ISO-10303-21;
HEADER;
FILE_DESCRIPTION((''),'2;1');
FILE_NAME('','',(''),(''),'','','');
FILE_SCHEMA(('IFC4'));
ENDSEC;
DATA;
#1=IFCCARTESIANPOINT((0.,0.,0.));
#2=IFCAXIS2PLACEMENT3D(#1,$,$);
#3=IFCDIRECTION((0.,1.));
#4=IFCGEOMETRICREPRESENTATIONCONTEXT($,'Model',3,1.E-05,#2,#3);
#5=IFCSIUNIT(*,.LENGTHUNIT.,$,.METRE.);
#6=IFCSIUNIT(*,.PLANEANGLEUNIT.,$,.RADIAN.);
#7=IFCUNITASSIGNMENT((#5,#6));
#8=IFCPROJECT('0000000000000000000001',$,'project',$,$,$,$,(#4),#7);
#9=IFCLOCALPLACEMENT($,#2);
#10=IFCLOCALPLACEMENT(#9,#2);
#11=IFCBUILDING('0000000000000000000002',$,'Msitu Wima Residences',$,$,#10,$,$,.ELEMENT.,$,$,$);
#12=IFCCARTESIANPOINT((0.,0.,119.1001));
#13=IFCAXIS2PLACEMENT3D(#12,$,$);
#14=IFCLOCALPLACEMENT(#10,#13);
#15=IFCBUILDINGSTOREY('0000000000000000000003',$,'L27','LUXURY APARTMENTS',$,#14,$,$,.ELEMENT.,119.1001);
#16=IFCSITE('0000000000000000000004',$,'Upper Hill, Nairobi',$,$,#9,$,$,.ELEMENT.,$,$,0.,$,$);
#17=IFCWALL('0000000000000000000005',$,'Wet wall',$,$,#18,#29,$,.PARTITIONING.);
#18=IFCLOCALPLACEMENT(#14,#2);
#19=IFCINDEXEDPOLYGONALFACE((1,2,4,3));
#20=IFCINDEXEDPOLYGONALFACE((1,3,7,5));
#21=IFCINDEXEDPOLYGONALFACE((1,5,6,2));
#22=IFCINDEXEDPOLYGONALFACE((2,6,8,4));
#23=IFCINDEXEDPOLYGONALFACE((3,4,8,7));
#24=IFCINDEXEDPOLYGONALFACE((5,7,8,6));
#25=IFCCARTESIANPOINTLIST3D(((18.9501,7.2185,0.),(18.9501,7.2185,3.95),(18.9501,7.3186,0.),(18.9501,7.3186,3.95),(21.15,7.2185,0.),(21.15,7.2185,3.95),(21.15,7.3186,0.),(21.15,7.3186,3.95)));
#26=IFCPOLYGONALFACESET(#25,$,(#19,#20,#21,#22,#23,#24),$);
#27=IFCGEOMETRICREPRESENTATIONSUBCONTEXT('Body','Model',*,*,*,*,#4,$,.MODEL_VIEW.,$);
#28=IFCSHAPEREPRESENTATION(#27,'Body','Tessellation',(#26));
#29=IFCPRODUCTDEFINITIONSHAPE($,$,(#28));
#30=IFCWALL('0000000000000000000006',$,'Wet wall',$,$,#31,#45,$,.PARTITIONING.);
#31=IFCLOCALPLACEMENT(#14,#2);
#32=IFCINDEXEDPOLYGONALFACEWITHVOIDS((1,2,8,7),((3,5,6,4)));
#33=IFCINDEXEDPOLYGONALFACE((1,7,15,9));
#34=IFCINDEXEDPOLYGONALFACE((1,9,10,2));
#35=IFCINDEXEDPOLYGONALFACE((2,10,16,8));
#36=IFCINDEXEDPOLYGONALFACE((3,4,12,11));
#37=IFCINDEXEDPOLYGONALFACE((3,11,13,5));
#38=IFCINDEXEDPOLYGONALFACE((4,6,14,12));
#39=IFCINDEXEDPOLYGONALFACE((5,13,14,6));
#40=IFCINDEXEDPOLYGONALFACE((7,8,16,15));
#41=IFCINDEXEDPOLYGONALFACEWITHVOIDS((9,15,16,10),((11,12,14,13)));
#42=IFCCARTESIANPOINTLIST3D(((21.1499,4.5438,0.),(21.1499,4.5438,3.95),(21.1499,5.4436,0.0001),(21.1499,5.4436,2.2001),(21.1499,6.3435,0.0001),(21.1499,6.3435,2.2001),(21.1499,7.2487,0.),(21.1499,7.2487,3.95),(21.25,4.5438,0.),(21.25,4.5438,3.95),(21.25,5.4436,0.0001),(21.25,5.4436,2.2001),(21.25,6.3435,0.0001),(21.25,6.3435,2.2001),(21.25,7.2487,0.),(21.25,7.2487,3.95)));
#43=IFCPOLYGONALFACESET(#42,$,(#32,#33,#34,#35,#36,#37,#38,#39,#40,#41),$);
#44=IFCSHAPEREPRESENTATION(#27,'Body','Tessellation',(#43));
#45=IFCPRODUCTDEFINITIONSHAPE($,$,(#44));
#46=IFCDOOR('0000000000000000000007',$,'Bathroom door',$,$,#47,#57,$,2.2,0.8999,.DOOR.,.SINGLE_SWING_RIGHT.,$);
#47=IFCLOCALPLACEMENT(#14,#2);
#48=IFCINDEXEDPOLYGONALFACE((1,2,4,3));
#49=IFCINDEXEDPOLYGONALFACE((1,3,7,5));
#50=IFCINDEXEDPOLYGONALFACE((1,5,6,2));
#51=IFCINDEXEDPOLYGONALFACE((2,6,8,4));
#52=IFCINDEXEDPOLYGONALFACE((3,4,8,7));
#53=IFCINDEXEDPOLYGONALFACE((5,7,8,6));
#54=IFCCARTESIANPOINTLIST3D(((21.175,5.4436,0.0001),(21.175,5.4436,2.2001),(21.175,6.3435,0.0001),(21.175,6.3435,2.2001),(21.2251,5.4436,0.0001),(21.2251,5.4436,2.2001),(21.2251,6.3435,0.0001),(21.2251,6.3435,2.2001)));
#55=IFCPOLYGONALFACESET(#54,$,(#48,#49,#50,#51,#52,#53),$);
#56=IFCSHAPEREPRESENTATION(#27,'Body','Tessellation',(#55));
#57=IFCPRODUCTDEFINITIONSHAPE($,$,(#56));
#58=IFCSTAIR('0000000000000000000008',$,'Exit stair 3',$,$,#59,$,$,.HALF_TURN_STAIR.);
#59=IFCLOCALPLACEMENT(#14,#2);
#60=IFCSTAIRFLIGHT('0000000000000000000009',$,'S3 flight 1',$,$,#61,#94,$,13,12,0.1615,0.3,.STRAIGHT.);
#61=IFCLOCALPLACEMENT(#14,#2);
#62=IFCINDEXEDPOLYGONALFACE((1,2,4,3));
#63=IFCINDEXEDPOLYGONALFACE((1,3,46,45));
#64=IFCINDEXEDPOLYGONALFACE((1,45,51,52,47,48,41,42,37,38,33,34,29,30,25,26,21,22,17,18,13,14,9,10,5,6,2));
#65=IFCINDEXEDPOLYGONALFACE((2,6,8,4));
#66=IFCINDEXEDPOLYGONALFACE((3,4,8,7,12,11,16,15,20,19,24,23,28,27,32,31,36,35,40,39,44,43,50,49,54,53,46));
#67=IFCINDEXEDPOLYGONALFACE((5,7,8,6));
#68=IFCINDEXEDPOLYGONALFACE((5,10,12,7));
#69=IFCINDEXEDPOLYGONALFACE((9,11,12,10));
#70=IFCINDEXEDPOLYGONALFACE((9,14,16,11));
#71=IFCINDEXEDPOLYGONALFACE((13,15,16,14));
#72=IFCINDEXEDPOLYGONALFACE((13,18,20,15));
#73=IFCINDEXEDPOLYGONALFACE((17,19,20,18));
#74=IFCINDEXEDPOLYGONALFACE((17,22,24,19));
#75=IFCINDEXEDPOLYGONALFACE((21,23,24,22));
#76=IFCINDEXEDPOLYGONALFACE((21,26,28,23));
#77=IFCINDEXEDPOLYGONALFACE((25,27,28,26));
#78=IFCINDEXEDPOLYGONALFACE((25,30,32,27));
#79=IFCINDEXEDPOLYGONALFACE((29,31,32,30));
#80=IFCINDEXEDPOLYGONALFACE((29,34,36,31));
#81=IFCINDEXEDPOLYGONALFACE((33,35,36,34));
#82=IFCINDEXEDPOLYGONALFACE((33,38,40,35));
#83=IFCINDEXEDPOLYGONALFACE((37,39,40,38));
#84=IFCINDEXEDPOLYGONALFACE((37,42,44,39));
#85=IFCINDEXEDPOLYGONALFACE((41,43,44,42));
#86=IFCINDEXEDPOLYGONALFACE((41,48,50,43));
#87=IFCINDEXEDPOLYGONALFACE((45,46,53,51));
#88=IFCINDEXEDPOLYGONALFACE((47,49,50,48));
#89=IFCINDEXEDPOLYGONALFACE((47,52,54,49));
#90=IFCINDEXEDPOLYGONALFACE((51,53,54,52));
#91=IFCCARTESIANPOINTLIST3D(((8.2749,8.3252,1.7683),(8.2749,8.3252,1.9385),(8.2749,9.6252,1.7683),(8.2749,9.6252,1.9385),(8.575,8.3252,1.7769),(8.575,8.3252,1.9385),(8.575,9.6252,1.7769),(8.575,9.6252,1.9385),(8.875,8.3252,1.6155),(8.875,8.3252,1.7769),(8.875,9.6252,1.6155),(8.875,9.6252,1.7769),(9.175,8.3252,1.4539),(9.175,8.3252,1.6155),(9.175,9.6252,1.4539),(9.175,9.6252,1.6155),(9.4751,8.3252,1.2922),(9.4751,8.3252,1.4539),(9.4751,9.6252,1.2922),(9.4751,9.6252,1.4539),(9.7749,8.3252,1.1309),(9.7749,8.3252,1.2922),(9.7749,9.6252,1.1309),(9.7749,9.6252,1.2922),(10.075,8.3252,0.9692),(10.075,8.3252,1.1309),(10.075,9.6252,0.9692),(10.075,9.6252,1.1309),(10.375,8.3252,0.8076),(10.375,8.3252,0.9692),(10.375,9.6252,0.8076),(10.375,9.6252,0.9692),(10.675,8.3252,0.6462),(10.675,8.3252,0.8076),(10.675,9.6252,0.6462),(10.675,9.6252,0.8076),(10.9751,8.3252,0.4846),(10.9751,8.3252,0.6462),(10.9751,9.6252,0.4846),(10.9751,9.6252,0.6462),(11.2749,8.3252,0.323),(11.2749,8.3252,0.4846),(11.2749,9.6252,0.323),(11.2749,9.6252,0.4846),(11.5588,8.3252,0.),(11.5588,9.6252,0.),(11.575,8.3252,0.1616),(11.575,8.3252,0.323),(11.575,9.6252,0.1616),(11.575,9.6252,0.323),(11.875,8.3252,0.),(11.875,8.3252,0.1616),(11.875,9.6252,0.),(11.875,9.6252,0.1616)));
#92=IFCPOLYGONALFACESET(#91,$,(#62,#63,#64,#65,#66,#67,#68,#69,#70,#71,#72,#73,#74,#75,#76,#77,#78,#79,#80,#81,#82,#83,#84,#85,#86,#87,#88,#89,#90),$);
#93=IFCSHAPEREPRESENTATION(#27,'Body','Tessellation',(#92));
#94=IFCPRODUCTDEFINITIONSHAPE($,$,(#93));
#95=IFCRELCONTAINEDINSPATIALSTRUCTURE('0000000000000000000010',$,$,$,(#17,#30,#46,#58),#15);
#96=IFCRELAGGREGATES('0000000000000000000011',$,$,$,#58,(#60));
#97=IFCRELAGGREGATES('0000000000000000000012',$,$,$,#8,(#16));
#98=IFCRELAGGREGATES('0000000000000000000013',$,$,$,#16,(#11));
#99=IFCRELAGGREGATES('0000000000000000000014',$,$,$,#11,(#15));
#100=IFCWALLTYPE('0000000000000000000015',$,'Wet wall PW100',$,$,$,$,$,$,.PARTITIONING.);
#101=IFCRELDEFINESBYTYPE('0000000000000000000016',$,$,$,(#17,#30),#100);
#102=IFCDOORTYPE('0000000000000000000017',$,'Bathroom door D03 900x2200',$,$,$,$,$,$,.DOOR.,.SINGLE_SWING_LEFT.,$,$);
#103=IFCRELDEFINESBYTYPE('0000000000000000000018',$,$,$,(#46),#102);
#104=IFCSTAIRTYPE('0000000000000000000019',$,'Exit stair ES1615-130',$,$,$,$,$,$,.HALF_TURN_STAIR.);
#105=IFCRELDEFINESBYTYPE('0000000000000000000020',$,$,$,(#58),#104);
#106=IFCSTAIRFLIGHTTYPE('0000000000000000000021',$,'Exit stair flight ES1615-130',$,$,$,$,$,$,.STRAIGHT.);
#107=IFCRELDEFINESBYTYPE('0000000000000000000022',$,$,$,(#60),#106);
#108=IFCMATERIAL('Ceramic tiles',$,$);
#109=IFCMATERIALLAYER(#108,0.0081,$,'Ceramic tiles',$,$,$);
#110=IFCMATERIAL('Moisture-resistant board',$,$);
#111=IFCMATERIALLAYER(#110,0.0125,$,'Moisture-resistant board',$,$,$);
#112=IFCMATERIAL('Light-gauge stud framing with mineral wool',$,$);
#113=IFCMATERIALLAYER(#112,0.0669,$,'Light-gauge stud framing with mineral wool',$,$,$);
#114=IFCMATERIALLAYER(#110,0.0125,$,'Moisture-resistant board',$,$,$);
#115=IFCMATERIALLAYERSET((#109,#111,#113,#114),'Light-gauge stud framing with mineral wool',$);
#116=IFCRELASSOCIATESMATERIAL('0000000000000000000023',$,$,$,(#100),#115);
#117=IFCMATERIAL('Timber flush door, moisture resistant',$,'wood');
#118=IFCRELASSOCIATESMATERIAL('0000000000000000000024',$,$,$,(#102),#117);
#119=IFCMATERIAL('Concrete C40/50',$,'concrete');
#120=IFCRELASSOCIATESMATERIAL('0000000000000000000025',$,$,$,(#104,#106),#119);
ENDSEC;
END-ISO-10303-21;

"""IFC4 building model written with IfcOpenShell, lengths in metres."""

from ifc_helpers import new_model, si_unit, direction, frame, frame_2d, origin, place, context, subcontext, project, spatial, polyline, rectangle, outline, extrude, material, layer, layer_set, type_object, element, fill, aggregate, save


model = new_model("IFC4")

# Units and contexts
model_context = context("Model", 3, precision=1e-05, world=origin(), true_north=direction((0.0, 1.0)))
body_context = subcontext(model_context, "Body", "Model", "MODEL_VIEW")
ifc_project = project(units=[si_unit("LENGTHUNIT", "METRE"), si_unit("PLANEANGLEUNIT", "RADIAN")], contexts=[model_context])

# Site, building, storey
site_placement = place(None, origin())
site = spatial("IfcSite", under=ifc_project, at=site_placement, Name="Upper Hill, Nairobi", CompositionType="ELEMENT", RefElevation=0.0)
building_placement = place(site_placement, origin())
building = spatial("IfcBuilding", under=site, at=building_placement, Name="Msitu Wima Residences", CompositionType="ELEMENT")
storey_placement = place(building_placement, frame((0.0, 0.0, 119.1001)))
storey = spatial("IfcBuildingStorey", under=building, at=storey_placement, Name="L27", Description="LUXURY APARTMENTS", CompositionType="ELEMENT", Elevation=119.1001)

# Wall
ifc_material_1 = material(Name="Ceramic tiles")
ifc_layer_1 = layer(ifc_material_1, 0.0081, Name="Ceramic tiles")
ifc_material_2 = material(Name="Moisture-resistant board")
ifc_layer_2 = layer(ifc_material_2, 0.0125, Name="Moisture-resistant board")
ifc_material_3 = material(Name="Light-gauge stud framing with mineral wool")
ifc_layer_3 = layer(ifc_material_3, 0.0669, Name="Light-gauge stud framing with mineral wool")
ifc_layer_4 = layer(ifc_material_2, 0.0125, Name="Moisture-resistant board")
ifc_layer_set_1 = layer_set([ifc_layer_1, ifc_layer_2, ifc_layer_3, ifc_layer_4], Name="Light-gauge stud framing with mineral wool")
wall_type_1 = type_object("IfcWallType", Name="Wet wall PW100", PredefinedType="PARTITIONING", material=ifc_layer_set_1)
wall_1_placement = place(storey_placement, frame((18.95, 7.2686, 0.0), z_axis=(0.0, 0.0, 1.0), x_axis=(1.0, 0.0, 0.0)))
element("IfcWall", 1, at=wall_1_placement, inside=storey, type_object=wall_type_1, Name="Wet wall", PredefinedType="PARTITIONING", context=body_context, shape_type="SweptSolid", body=[
    extrude(rectangle(XDim=2.2, YDim=0.1001, at=frame_2d((1.1001, 0.0))), origin(), (0.0, 0.0, 1.0), 3.95),
])

# Wall, opening, door
wall_2_placement = place(storey_placement, frame((21.2, 4.5437, 0.0), z_axis=(0.0, 0.0, 1.0), x_axis=(0.0, 1.0, 0.0)))
wall_2 = element("IfcWall", 2, at=wall_2_placement, inside=storey, type_object=wall_type_1, Name="Wet wall", PredefinedType="PARTITIONING", context=body_context, shape_type="SweptSolid", body=[
    extrude(rectangle(XDim=2.7048, YDim=0.1001, at=frame_2d((1.3525, 0.0))), origin(), (0.0, 0.0, 1.0), 3.95),
])
opening_1_placement = place(wall_2_placement, frame((0.8999, 0.0, 0.0)))
opening_1 = element("IfcOpeningElement", 3, at=opening_1_placement, cuts=wall_2, PredefinedType="OPENING", context=body_context, shape_type="SweptSolid", body=[
    extrude(rectangle(XDim=0.8999, YDim=2.2, at=frame_2d((0.45, 1.1001))), frame((0.0, 0.0601, 0.0), z_axis=(0.0, -1.0, 0.0), x_axis=(1.0, 0.0, 0.0)), (0.0, 0.0, 1.0), 0.1201),
])
ifc_material_4 = material(Name="Timber flush door, moisture resistant", Category="wood")
door_type_1 = type_object("IfcDoorType", Name="Bathroom door D03 900x2200", OperationType="SINGLE_SWING_LEFT", PredefinedType="DOOR", material=ifc_material_4)
door_1_placement = place(opening_1_placement, origin())
door_1 = element("IfcDoor", 4, at=door_1_placement, inside=storey, type_object=door_type_1, Name="Bathroom door", OperationType="SINGLE_SWING_RIGHT", OverallHeight=2.2, OverallWidth=0.8999, PredefinedType="DOOR", context=body_context, shape_type="SweptSolid", body=[
    extrude(rectangle(XDim=0.8999, YDim=2.2, at=frame_2d((0.45, 1.1001))), frame((0.0, 0.0249, 0.0), z_axis=(0.0, -1.0, 0.0), x_axis=(1.0, 0.0, 0.0)), (0.0, 0.0, 1.0), 0.05),
])
fill(opening_1, door_1)

# Stair, stair flight
ifc_material_5 = material(Name="Concrete C40/50", Category="concrete")
stair_type = type_object("IfcStairType", Name="Exit stair ES1615-130", PredefinedType="HALF_TURN_STAIR", material=ifc_material_5)
stair_placement = place(storey_placement, origin())
stair = element("IfcStair", 5, at=stair_placement, inside=storey, type_object=stair_type, Name="Exit stair 3", PredefinedType="HALF_TURN_STAIR")
stair_flight_type = type_object("IfcStairFlightType", Name="Exit stair flight ES1615-130", PredefinedType="STRAIGHT", material=ifc_material_5)
stair_flight_placement = place(storey_placement, frame((11.875, 8.9751, 0.0), z_axis=(0.0, 0.0, 1.0), x_axis=(-1.0, 0.0, 0.0)))
stair_flight = element("IfcStairFlight", 6, at=stair_flight_placement, type_object=stair_flight_type, Name="S3 flight 1", NumberOfRisers=13, NumberOfTreads=12, PredefinedType="STRAIGHT", RiserHeight=0.1615, TreadLength=0.3, context=body_context, shape_type="SweptSolid", body=[
    extrude(outline(polyline([(0.0, 0.0), (0.0, 0.1616), (0.3, 0.1616), (0.3, 0.323), (0.6001, 0.323), (0.6001, 0.4846), (0.8999, 0.4846), (0.8999, 0.6462), (1.2, 0.6462), (1.2, 0.8076), (1.5, 0.8076), (1.5, 0.9692), (1.8, 0.9692), (1.8, 1.1309), (2.1001, 1.1309), (2.1001, 1.2922), (2.3999, 1.2922), (2.3999, 1.4539), (2.7, 1.4539), (2.7, 1.6155), (3.0, 1.6155), (3.0, 1.7769), (3.3, 1.7769), (3.3, 1.9385), (3.6001, 1.9385), (3.6001, 2.1001), (3.6001, 1.7683), (0.3162, 0.0), (0.0, 0.0)])), frame((0.0, 0.6499, 0.0), z_axis=(0.0, -1.0, 0.0), x_axis=(1.0, 0.0, 0.0)), (0.0, 0.0, 1.0), 1.3),
])
aggregate(stair, [stair_flight])

save(model, "model.ifc")
